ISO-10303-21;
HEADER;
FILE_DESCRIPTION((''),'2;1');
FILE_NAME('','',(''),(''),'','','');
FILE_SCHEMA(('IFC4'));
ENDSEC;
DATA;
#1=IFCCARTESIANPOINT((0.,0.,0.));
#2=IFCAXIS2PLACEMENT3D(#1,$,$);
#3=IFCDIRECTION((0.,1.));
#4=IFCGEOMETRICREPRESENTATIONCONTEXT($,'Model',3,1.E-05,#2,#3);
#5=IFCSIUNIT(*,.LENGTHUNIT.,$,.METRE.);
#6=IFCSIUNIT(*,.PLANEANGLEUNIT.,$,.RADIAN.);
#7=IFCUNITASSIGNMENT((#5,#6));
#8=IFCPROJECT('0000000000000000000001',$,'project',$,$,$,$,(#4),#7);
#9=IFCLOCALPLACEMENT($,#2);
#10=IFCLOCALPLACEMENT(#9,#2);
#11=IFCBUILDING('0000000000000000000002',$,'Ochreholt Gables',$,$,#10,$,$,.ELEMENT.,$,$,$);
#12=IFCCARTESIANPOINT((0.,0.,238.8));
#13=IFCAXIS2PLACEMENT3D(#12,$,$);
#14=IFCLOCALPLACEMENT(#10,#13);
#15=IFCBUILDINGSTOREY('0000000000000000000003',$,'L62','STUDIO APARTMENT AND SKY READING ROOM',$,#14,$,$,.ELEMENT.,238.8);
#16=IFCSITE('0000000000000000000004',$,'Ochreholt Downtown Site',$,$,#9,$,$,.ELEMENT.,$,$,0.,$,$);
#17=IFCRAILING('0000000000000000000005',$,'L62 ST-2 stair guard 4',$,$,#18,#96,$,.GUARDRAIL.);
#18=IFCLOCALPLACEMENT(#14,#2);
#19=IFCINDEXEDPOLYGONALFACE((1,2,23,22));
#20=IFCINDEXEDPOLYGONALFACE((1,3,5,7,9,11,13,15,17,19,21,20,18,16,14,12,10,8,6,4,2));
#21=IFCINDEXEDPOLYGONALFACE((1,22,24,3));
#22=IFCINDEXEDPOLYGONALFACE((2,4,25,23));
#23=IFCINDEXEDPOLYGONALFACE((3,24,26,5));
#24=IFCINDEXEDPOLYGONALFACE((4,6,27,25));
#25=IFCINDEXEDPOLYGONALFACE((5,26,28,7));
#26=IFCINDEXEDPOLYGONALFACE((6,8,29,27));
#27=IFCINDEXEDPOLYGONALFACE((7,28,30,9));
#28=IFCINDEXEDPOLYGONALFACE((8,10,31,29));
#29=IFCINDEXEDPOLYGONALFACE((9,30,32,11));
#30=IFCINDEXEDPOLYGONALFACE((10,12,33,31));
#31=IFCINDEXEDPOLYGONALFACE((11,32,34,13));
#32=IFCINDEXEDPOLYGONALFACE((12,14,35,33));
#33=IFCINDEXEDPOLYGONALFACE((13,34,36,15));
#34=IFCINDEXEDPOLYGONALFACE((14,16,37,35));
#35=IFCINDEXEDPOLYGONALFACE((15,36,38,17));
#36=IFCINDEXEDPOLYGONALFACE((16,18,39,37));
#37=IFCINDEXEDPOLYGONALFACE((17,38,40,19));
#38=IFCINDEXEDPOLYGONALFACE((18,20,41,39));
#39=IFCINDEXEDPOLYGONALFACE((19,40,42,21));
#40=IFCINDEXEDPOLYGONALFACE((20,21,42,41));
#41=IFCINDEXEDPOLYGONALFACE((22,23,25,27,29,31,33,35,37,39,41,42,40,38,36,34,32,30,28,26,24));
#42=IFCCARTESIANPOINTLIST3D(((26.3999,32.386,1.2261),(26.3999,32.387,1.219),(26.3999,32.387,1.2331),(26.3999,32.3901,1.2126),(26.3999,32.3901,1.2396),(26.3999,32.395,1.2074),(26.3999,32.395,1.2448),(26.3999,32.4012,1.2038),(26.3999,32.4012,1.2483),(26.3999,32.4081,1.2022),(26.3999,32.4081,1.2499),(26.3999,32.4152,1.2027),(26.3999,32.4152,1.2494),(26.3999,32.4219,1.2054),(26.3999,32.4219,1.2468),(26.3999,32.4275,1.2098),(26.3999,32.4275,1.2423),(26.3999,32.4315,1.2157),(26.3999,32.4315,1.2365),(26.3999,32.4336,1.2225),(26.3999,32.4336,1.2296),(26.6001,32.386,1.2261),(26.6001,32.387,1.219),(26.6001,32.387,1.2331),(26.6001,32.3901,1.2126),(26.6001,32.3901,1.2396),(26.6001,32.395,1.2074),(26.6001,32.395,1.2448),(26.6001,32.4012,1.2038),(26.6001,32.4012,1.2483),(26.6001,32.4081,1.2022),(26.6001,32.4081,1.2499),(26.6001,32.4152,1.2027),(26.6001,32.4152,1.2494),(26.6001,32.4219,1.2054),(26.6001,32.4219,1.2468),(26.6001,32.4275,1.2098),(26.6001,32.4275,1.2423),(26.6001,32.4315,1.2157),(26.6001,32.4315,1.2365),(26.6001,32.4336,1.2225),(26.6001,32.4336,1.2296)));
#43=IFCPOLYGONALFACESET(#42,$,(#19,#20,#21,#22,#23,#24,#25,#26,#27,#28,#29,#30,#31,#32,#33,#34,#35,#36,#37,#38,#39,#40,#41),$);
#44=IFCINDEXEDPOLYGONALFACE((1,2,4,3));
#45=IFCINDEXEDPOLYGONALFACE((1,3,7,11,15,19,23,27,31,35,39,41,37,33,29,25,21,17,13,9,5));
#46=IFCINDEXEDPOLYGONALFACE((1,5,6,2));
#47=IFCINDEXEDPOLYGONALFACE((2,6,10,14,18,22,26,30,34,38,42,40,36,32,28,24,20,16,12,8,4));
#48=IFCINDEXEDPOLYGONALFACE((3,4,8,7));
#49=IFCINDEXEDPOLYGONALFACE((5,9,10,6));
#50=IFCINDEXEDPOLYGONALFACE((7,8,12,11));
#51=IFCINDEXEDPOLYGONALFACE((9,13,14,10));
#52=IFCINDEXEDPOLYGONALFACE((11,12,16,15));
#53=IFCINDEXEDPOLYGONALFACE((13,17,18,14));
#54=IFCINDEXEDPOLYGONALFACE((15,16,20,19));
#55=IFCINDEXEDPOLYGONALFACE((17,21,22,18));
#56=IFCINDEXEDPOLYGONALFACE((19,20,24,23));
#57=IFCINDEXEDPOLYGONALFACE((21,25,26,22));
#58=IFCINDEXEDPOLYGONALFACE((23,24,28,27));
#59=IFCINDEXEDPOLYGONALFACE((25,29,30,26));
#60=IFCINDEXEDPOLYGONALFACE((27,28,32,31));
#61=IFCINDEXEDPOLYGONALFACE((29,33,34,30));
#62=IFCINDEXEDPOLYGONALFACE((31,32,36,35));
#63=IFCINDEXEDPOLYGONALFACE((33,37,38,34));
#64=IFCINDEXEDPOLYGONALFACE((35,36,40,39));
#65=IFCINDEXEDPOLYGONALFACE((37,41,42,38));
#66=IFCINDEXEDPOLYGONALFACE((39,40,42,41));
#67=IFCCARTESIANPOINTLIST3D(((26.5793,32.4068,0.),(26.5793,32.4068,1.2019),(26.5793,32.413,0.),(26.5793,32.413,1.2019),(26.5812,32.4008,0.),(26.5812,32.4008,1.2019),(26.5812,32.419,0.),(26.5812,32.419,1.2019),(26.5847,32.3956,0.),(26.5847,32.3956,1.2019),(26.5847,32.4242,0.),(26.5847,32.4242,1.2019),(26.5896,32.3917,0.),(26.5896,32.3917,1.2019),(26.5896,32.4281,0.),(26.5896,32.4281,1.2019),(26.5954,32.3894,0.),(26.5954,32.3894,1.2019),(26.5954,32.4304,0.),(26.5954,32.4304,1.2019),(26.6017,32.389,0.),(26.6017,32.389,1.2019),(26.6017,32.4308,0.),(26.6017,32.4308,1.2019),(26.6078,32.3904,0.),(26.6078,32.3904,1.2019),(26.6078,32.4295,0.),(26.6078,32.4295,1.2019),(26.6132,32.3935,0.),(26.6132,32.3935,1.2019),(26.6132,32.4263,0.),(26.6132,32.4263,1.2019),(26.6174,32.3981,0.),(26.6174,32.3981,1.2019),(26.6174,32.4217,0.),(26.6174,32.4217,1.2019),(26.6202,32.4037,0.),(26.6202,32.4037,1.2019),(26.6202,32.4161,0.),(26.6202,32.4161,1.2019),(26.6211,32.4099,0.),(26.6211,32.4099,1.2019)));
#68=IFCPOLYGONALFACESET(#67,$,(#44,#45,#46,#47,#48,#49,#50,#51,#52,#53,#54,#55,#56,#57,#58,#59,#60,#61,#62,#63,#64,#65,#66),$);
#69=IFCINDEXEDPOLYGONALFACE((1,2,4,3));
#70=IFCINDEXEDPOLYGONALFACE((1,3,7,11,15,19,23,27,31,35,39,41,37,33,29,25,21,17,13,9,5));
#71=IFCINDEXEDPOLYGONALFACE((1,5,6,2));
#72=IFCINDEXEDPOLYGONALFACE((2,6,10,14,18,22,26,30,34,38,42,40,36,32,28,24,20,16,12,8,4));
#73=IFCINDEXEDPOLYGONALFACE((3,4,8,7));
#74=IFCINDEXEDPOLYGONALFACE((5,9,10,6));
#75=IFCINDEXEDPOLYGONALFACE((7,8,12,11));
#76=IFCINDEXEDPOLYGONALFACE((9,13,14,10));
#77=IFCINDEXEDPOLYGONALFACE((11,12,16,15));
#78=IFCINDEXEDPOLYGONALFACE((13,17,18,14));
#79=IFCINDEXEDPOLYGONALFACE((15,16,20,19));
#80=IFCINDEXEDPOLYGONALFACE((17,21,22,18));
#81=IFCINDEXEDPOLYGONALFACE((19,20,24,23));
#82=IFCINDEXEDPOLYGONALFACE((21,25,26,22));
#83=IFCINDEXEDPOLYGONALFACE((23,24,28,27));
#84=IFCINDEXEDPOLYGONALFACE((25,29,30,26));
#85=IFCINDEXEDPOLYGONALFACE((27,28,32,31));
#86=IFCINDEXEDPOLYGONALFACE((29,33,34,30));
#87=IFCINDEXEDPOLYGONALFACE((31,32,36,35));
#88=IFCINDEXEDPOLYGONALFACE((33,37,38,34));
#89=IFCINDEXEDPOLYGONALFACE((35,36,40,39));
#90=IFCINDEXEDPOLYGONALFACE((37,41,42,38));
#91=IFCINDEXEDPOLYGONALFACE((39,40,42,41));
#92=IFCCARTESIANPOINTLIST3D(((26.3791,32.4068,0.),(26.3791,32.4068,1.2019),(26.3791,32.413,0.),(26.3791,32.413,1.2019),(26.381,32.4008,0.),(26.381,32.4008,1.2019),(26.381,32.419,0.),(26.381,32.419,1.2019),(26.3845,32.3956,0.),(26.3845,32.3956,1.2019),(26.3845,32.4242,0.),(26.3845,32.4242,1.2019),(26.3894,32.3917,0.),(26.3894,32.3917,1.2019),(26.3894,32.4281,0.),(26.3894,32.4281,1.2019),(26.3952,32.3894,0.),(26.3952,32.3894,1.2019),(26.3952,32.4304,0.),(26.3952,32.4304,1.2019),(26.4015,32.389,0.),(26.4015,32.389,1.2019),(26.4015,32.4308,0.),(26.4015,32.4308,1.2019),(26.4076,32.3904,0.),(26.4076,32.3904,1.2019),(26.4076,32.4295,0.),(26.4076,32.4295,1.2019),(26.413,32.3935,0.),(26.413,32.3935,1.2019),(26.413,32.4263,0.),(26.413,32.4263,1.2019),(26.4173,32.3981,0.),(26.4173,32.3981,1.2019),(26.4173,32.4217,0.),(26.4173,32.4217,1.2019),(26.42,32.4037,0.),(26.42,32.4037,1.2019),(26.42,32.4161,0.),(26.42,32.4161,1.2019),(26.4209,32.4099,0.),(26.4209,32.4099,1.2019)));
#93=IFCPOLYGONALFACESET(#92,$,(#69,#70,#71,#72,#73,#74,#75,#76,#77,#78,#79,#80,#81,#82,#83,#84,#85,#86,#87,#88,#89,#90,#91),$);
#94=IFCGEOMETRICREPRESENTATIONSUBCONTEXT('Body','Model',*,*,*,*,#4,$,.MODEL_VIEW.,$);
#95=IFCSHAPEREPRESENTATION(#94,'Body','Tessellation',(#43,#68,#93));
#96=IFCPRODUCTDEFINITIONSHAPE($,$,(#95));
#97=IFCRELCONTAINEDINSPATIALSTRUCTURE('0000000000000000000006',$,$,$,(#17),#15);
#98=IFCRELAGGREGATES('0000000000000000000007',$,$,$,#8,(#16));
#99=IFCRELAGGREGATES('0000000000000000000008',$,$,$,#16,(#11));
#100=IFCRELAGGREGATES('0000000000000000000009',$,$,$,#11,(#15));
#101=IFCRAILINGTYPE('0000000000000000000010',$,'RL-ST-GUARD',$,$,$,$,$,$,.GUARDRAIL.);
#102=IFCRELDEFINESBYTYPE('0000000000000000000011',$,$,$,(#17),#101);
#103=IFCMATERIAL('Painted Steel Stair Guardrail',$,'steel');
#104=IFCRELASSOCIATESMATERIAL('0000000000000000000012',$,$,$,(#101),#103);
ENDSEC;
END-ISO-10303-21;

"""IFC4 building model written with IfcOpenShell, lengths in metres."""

from ifc_helpers import new_model, si_unit, direction, frame, origin, origin_2d, place, context, subcontext, project, spatial, circle, extrude, material, type_object, element, save


model = new_model("IFC4")

# Units and contexts
model_context = context("Model", 3, precision=1e-05, world=origin(), true_north=direction((0.0, 1.0)))
body_context = subcontext(model_context, "Body", "Model", "MODEL_VIEW")
ifc_project = project(units=[si_unit("LENGTHUNIT", "METRE"), si_unit("PLANEANGLEUNIT", "RADIAN")], contexts=[model_context])

# Site, building, storey
site_placement = place(None, origin())
site = spatial("IfcSite", under=ifc_project, at=site_placement, Name="Ochreholt Downtown Site", CompositionType="ELEMENT", RefElevation=0.0)
building_placement = place(site_placement, origin())
building = spatial("IfcBuilding", under=site, at=building_placement, Name="Ochreholt Gables", CompositionType="ELEMENT")
storey_placement = place(building_placement, frame((0.0, 0.0, 238.8)))
storey = spatial("IfcBuildingStorey", under=building, at=storey_placement, Name="L62", Description="STUDIO APARTMENT AND SKY READING ROOM", CompositionType="ELEMENT", Elevation=238.8)

# Railing
ifc_material_1 = material(Name="Painted Steel Stair Guardrail", Category="steel")
railing_type_1 = type_object("IfcRailingType", Name="RL-ST-GUARD", PredefinedType="GUARDRAIL", material=ifc_material_1)
railing_1_placement = place(storey_placement, frame((26.6001, 32.4099, 0.0)))
element("IfcRailing", 1, at=railing_1_placement, inside=storey, type_object=railing_type_1, Name="L62 ST-2 stair guard 4", PredefinedType="GUARDRAIL", context=body_context, shape_type="SweptSolid", body=[
    extrude(circle(Radius=0.0239, at=origin_2d()), frame((0.0, 0.0, 1.2261), z_axis=(-1.0, 0.0, 0.0), x_axis=(0.0, -1.0, 0.0)), (0.0, 0.0, 1.0), 0.2002),
    extrude(circle(Radius=0.021, at=origin_2d()), origin(), (0.0, 0.0, 1.0), 1.2019),
    extrude(circle(Radius=0.021, at=origin_2d()), frame((-0.2002, 0.0, 0.0)), (0.0, 0.0, 1.0), 1.2019),
])

save(model, "model.ifc")
